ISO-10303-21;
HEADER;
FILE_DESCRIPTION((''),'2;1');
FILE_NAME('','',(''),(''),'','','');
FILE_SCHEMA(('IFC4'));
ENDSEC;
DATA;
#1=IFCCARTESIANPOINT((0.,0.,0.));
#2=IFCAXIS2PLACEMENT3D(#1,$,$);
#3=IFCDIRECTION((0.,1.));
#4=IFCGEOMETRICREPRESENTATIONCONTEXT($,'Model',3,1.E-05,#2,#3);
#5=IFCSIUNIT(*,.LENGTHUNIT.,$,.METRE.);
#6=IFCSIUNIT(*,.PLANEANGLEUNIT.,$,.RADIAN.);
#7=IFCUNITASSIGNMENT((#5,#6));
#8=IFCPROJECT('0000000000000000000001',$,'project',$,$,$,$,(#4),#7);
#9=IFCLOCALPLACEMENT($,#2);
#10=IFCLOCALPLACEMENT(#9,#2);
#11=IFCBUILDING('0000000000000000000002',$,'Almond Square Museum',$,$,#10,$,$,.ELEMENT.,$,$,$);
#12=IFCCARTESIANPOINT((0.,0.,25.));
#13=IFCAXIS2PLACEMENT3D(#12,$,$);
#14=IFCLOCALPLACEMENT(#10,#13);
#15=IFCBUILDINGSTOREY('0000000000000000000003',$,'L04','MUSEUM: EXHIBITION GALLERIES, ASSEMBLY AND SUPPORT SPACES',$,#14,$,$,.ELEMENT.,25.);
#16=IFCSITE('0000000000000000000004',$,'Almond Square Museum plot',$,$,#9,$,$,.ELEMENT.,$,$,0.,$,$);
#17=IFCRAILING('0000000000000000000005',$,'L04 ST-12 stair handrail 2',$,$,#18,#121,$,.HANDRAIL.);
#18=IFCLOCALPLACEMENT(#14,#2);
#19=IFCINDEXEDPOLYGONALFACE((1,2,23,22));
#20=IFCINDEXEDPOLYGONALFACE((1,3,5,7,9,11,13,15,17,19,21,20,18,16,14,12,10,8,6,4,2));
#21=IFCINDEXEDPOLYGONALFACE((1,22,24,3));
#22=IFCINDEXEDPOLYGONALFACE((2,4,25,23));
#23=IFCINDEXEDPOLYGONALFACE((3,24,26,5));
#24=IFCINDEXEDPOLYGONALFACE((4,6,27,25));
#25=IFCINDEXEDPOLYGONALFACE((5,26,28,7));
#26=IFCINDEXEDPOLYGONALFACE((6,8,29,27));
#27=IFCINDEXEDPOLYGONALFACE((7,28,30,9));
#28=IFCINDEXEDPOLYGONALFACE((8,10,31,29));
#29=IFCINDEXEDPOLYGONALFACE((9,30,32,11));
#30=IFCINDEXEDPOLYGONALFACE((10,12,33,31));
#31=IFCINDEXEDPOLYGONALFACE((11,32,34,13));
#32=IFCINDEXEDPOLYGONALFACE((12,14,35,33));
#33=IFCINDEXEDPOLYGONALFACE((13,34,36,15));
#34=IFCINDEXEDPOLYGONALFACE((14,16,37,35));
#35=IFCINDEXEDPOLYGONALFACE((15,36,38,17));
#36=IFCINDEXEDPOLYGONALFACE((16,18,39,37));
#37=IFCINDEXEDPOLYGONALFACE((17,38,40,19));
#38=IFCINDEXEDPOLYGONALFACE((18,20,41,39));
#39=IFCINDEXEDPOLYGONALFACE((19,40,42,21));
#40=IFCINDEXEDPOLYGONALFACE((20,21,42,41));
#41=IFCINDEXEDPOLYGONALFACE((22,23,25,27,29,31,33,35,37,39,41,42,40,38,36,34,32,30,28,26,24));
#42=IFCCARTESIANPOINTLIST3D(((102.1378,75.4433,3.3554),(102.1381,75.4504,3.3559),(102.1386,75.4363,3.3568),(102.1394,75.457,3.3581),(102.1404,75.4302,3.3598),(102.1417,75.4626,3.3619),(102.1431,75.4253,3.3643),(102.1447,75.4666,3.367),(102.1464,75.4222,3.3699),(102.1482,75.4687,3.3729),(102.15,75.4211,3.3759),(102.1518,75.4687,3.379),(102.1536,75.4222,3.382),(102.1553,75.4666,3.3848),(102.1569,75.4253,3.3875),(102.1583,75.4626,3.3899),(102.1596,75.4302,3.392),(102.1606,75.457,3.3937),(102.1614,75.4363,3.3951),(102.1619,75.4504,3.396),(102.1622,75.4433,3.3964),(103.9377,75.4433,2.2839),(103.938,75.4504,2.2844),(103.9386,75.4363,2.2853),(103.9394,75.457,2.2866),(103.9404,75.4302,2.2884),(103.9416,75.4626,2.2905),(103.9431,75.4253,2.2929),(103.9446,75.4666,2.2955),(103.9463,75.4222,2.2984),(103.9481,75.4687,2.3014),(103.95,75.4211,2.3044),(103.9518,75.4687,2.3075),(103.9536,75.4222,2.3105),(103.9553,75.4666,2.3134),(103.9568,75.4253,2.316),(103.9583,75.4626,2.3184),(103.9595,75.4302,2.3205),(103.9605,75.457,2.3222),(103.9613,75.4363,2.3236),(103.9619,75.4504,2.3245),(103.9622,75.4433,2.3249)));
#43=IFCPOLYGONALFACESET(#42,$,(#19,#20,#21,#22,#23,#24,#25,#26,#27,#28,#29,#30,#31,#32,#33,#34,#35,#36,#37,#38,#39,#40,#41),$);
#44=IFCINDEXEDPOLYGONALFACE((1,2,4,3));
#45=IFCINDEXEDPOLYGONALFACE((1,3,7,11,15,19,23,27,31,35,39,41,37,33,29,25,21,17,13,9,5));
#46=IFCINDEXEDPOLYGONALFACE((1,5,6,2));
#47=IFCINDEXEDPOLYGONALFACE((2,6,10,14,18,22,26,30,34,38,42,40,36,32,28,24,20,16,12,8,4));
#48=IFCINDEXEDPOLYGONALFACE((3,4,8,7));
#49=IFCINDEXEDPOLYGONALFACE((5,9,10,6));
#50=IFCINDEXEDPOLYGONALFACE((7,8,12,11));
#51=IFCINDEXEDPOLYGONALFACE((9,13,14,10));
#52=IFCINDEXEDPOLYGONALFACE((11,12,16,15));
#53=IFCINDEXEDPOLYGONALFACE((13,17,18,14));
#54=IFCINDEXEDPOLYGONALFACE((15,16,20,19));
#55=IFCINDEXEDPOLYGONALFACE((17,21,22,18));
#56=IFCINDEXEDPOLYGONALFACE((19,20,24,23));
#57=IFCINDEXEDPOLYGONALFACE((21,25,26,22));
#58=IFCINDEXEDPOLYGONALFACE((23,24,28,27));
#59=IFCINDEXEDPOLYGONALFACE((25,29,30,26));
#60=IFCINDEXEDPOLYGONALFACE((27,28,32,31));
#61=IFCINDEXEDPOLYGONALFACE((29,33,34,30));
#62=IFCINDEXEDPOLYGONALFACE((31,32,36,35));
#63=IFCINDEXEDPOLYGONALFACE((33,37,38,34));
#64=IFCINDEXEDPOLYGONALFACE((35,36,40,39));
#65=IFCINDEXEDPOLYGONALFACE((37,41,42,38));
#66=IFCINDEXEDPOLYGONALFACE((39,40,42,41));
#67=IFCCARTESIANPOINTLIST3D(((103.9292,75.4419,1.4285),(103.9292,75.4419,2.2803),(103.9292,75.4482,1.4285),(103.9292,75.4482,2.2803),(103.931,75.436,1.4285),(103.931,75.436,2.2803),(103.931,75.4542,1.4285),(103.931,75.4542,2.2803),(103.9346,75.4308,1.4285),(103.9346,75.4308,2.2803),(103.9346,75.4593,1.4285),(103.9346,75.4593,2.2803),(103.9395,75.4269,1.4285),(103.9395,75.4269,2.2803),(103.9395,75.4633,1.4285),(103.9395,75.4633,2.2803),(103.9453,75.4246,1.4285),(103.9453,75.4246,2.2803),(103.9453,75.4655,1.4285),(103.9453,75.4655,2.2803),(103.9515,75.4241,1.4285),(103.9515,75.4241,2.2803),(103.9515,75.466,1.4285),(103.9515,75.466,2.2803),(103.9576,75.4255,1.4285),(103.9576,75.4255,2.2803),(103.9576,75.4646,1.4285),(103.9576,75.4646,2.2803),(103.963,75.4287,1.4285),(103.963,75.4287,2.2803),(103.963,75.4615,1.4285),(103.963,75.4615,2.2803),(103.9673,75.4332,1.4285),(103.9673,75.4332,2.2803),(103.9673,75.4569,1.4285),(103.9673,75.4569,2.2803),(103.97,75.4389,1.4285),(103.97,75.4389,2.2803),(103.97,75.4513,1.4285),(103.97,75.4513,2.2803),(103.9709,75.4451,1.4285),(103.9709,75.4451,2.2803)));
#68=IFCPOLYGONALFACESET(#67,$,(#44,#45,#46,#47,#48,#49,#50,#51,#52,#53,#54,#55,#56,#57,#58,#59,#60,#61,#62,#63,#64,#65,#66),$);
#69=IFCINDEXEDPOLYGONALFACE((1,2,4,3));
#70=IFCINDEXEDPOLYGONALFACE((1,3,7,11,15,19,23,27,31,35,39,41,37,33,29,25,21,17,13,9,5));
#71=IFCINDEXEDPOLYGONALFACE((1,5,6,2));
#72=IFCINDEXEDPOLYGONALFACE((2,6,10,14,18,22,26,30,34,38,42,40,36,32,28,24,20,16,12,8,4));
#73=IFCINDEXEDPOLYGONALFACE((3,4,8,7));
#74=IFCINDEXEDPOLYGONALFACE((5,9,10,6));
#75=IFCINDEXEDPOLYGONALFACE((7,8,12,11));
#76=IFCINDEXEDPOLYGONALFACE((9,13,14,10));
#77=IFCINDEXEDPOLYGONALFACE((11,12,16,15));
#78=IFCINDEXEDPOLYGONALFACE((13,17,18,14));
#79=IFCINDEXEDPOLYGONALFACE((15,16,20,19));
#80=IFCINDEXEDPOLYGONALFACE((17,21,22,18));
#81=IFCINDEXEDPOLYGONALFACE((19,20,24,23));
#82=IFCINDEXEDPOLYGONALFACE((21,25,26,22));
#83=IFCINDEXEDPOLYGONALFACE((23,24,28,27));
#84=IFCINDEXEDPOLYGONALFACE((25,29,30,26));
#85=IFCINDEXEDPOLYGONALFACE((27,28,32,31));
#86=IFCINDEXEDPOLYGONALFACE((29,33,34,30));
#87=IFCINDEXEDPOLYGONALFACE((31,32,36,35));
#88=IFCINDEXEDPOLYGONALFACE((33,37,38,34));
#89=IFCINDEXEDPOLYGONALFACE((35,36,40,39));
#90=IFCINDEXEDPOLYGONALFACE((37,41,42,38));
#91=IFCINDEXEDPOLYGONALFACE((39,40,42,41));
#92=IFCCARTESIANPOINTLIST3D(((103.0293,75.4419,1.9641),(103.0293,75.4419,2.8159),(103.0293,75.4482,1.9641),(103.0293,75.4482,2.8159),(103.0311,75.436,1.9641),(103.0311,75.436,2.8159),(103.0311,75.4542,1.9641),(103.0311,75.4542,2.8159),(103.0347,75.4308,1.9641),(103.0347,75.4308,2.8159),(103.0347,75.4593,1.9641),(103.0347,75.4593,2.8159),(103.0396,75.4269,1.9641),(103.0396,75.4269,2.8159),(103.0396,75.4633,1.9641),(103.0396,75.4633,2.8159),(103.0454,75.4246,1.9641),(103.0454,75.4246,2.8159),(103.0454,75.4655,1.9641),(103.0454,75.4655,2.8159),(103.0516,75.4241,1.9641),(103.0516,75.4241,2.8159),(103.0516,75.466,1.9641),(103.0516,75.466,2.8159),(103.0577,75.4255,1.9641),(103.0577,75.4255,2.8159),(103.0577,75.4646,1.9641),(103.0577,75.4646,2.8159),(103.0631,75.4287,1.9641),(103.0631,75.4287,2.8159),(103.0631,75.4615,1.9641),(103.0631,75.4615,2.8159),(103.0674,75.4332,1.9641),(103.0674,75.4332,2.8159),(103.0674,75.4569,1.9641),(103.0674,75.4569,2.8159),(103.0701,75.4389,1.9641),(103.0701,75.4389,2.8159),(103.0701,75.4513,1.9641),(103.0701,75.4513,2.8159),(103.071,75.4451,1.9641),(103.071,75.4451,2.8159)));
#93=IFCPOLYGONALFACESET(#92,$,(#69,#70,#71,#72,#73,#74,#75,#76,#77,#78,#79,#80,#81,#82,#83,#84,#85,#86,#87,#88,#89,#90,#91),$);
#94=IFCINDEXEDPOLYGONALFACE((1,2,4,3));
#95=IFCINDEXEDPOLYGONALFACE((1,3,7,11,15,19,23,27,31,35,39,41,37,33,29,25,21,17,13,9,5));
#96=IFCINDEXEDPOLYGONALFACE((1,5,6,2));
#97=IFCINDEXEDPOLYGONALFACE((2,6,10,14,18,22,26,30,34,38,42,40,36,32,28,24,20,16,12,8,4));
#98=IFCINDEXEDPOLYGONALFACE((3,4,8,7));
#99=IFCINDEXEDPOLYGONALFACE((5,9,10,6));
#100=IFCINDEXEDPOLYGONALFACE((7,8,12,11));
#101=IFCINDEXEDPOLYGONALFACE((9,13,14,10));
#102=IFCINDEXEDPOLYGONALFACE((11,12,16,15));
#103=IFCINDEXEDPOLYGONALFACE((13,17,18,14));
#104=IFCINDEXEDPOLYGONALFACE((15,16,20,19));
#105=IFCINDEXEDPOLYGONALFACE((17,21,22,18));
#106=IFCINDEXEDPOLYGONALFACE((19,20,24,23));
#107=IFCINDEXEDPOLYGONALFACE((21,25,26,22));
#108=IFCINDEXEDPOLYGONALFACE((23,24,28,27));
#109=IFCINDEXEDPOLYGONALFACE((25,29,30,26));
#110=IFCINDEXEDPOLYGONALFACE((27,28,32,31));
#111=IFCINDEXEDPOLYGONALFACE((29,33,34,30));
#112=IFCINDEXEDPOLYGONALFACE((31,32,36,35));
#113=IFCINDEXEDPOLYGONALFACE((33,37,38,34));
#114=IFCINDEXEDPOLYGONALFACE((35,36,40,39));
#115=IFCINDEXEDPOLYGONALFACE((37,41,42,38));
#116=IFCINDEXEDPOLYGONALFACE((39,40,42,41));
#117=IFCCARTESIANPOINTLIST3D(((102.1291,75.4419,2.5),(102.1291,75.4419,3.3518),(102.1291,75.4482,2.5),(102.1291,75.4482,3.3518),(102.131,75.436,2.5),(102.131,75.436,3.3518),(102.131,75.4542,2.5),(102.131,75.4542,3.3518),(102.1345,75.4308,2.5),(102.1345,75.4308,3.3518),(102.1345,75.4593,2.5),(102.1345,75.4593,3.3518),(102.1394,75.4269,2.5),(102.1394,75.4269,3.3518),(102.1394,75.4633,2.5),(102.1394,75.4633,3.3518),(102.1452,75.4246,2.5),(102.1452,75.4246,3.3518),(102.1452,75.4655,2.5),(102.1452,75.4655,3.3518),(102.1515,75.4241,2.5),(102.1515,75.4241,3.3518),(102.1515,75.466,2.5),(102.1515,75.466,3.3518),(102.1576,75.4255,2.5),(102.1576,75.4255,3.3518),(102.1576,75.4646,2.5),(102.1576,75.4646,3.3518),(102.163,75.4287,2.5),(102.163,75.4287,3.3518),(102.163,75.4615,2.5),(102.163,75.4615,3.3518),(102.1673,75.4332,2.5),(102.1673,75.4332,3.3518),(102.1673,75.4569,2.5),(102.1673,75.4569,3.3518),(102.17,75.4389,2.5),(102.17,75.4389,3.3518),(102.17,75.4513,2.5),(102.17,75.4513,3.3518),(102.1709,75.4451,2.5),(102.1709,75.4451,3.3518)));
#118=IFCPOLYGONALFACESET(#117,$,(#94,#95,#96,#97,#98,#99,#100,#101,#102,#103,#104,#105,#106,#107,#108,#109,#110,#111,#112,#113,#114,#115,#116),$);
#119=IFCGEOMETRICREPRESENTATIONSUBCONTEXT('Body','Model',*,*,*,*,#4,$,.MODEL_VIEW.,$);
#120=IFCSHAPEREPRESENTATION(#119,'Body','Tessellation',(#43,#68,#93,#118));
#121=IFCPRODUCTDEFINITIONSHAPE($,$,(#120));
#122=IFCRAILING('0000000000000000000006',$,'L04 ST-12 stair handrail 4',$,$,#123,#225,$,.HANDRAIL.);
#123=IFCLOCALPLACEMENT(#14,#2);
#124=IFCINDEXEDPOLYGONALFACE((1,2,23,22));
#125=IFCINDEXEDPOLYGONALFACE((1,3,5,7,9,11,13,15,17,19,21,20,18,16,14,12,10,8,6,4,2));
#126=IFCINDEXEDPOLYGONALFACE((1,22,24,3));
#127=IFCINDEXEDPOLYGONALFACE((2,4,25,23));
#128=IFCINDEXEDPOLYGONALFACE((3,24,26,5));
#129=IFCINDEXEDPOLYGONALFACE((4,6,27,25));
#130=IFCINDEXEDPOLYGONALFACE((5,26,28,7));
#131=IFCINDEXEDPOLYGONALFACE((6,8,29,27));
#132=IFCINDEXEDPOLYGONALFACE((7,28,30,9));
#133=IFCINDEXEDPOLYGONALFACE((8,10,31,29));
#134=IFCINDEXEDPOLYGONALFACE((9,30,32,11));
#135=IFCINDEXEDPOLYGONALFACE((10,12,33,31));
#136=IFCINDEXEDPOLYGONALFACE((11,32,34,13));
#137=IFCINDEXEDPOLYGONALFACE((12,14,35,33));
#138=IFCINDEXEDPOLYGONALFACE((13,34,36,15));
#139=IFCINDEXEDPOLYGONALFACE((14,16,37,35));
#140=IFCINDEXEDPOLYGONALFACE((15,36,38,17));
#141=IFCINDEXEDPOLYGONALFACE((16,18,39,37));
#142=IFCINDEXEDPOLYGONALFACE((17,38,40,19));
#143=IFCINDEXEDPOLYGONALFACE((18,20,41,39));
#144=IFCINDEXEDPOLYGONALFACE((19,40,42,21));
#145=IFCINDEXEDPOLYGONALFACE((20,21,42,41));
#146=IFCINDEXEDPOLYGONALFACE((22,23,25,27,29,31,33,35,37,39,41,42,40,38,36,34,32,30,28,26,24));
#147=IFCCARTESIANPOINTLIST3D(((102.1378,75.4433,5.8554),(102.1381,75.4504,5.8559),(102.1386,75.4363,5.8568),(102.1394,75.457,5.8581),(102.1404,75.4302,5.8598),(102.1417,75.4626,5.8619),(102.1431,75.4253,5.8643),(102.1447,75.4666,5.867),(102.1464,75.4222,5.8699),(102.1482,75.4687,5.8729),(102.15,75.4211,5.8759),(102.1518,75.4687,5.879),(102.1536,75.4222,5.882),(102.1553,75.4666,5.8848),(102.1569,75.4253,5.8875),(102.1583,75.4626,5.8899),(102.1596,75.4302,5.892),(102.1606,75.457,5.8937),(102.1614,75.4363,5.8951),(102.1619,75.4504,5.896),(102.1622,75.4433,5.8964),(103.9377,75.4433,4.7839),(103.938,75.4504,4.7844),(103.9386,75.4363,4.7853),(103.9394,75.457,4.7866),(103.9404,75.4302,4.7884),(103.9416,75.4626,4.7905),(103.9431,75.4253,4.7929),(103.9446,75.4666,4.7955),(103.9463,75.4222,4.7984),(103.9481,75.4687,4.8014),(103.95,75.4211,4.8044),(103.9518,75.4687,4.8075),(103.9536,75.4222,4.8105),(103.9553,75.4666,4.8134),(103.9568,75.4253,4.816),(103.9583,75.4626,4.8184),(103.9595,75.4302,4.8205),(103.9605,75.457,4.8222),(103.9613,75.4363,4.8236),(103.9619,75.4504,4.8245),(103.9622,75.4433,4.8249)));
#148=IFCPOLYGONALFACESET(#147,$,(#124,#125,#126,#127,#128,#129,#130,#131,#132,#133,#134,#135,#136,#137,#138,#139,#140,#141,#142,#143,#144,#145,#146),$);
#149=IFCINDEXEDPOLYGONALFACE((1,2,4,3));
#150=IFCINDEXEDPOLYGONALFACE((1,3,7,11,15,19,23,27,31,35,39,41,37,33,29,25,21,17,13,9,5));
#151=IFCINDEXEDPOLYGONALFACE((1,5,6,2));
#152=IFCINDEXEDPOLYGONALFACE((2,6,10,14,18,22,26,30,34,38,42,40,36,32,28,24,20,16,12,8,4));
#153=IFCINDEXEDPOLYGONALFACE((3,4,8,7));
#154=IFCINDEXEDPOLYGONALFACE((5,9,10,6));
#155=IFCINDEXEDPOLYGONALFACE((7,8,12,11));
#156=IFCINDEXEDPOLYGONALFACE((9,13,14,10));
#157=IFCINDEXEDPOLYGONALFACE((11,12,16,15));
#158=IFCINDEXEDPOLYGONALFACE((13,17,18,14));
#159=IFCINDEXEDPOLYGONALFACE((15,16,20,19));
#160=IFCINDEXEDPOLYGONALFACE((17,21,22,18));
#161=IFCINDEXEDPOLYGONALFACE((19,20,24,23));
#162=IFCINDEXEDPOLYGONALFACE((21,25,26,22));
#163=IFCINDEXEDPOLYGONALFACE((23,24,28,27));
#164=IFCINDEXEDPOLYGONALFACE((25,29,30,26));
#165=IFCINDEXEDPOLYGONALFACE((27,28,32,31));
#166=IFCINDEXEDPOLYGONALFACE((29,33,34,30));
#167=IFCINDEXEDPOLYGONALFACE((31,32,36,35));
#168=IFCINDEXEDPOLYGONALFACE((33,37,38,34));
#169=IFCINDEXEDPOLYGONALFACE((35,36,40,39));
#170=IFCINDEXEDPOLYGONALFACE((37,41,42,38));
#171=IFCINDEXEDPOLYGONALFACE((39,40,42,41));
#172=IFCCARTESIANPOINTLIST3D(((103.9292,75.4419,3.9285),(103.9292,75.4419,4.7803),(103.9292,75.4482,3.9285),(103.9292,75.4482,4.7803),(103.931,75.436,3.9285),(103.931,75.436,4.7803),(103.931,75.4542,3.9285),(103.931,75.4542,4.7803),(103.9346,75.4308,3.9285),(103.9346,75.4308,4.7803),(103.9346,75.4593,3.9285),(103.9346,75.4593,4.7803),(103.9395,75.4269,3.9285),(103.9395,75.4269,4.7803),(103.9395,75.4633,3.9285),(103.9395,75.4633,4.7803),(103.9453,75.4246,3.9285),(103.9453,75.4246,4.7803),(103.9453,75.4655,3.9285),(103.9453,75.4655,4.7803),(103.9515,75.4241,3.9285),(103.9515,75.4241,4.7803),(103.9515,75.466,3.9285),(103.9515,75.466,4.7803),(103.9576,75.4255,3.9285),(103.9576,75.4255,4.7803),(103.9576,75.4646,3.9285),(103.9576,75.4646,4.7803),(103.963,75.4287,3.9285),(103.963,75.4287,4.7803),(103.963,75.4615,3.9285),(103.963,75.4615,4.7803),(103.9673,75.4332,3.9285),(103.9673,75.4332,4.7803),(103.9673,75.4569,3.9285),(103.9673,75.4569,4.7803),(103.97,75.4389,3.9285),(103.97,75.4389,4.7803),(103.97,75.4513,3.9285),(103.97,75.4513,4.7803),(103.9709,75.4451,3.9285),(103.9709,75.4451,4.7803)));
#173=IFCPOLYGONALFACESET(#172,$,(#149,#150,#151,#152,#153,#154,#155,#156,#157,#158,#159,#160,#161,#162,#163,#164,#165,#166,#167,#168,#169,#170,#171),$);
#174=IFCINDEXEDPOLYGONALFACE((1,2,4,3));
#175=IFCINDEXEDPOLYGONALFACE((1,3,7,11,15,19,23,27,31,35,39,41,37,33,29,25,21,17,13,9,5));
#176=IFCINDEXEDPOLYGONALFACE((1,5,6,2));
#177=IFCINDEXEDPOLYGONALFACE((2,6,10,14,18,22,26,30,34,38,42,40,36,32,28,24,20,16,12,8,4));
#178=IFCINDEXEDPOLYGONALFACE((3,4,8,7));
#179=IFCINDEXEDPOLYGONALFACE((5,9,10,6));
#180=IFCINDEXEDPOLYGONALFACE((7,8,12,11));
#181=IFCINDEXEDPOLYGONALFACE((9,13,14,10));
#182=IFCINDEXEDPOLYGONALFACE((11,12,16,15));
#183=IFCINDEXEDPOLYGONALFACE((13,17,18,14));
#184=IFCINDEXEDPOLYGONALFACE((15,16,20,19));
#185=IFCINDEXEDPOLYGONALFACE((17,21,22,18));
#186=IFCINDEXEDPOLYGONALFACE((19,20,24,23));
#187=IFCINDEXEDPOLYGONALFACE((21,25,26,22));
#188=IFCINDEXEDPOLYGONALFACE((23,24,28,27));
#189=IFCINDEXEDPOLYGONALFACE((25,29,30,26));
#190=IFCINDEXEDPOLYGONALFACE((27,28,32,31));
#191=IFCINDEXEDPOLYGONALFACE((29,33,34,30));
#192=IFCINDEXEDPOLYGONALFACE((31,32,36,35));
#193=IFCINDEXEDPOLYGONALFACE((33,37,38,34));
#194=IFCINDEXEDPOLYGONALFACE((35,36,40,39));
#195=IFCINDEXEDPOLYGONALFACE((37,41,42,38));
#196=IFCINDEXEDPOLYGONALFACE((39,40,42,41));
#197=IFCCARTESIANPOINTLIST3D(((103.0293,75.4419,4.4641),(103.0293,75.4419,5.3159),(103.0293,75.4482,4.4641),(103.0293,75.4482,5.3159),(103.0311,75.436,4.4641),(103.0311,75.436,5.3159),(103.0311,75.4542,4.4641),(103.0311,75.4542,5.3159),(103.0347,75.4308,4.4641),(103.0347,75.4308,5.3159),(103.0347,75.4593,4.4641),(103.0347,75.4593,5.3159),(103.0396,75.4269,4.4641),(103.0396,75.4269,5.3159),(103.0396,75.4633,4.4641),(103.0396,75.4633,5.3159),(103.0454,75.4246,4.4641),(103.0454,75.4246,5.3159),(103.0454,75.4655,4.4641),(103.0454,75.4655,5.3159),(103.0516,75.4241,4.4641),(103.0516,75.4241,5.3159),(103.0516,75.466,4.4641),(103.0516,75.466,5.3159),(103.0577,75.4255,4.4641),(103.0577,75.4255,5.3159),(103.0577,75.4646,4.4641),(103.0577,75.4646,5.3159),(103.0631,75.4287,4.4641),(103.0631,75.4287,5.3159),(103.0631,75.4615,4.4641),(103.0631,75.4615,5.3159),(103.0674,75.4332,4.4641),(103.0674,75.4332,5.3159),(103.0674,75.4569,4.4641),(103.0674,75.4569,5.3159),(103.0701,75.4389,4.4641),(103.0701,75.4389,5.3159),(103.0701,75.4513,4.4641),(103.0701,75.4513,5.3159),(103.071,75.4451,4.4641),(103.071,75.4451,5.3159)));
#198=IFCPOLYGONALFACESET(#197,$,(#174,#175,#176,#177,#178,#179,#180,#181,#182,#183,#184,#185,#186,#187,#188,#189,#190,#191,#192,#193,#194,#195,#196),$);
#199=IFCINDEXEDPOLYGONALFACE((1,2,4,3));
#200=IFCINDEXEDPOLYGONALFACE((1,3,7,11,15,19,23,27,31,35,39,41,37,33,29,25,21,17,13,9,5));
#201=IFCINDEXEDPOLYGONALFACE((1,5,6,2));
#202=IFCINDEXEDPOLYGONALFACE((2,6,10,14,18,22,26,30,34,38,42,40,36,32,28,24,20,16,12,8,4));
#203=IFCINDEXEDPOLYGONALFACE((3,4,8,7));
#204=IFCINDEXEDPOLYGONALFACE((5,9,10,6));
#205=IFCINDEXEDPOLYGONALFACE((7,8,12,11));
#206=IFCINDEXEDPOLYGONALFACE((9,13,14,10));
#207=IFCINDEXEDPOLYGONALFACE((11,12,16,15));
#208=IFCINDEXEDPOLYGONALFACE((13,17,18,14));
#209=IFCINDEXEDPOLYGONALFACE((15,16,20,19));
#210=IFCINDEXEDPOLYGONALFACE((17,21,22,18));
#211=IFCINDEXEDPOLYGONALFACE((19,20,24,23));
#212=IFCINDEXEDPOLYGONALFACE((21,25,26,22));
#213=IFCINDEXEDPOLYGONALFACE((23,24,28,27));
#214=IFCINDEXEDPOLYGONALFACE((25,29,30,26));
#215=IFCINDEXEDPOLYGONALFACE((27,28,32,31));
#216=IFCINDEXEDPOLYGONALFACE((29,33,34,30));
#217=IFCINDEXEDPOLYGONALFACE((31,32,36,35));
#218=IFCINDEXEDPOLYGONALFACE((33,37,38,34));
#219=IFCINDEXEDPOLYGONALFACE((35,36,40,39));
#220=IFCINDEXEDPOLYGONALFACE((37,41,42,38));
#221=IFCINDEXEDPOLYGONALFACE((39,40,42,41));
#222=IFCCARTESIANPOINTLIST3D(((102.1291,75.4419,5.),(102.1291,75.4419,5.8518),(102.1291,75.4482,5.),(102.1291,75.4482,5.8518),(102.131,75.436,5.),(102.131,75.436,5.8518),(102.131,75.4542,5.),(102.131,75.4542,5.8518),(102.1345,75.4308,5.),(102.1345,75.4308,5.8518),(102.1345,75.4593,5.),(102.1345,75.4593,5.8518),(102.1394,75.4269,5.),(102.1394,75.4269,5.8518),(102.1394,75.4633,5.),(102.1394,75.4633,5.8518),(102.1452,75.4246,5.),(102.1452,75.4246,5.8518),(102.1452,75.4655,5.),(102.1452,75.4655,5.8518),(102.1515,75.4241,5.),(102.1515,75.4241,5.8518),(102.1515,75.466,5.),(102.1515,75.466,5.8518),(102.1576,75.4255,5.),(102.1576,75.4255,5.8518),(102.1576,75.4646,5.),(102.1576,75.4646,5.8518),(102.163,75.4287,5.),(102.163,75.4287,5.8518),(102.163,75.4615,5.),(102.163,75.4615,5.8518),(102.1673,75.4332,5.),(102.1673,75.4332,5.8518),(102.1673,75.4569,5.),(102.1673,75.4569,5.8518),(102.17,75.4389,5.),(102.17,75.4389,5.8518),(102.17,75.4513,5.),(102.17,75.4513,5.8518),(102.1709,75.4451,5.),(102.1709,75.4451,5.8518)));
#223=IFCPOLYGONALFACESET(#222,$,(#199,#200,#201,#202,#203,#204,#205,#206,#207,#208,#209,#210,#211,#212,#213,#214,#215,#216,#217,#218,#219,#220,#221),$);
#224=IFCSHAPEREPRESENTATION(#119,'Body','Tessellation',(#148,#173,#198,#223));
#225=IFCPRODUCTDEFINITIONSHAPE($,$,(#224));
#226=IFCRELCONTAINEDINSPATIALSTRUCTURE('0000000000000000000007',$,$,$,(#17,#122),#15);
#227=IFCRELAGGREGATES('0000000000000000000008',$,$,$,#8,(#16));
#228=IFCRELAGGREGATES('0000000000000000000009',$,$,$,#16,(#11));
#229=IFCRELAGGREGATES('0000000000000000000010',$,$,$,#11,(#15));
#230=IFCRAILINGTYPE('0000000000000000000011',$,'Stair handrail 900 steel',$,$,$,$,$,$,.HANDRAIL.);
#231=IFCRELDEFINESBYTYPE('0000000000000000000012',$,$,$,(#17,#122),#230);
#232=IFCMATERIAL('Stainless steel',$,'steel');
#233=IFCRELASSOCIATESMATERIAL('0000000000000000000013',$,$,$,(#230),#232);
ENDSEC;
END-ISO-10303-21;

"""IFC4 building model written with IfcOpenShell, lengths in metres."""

from ifc_helpers import new_model, si_unit, direction, frame, origin, origin_2d, place, context, subcontext, project, spatial, circle, extrude, material, type_object, element, save


model = new_model("IFC4")

# Units and contexts
model_context = context("Model", 3, precision=1e-05, world=origin(), true_north=direction((0.0, 1.0)))
body_context = subcontext(model_context, "Body", "Model", "MODEL_VIEW")
ifc_project = project(units=[si_unit("LENGTHUNIT", "METRE"), si_unit("PLANEANGLEUNIT", "RADIAN")], contexts=[model_context])

# Site, building, storey
site_placement = place(None, origin())
site = spatial("IfcSite", under=ifc_project, at=site_placement, Name="Almond Square Museum plot", CompositionType="ELEMENT", RefElevation=0.0)
building_placement = place(site_placement, origin())
building = spatial("IfcBuilding", under=site, at=building_placement, Name="Almond Square Museum", CompositionType="ELEMENT")
storey_placement = place(building_placement, frame((0.0, 0.0, 25.0)))
storey = spatial("IfcBuildingStorey", under=building, at=storey_placement, Name="L04", Description="MUSEUM: EXHIBITION GALLERIES, ASSEMBLY AND SUPPORT SPACES", CompositionType="ELEMENT", Elevation=25.0)

# Railings
ifc_material_1 = material(Name="Stainless steel", Category="steel")
railing_type_1 = type_object("IfcRailingType", Name="Stair handrail 900 steel", PredefinedType="HANDRAIL", material=ifc_material_1)
for number, where, name in (
    (1, (103.95, 75.4451, 1.4285), "L04 ST-12 stair handrail 2"),
    (2, (103.95, 75.4451, 3.9285), "L04 ST-12 stair handrail 4"),
):
    element("IfcRailing", number, at=place(storey_placement, frame(where)), inside=storey, type_object=railing_type_1, Name=name, PredefinedType="HANDRAIL", context=body_context, shape_type="SweptSolid", body=[
        extrude(circle(Radius=0.0239, at=origin_2d()), frame((0.0, 0.0, 0.876), z_axis=(-0.859277, 0.0, 0.51151), x_axis=(0.0, -1.0, 0.0)), (0.0, 0.0, 1.0), 2.0947),
        extrude(circle(Radius=0.021, at=origin_2d()), origin(), (0.0, 0.0, 1.0), 0.8518),
        extrude(circle(Radius=0.021, at=origin_2d()), frame((-0.8999, 0.0, 0.5356)), (0.0, 0.0, 1.0), 0.8518),
        extrude(circle(Radius=0.021, at=origin_2d()), frame((-1.8, 0.0, 1.0715)), (0.0, 0.0, 1.0), 0.8518),
    ])

save(model, "model.ifc")
